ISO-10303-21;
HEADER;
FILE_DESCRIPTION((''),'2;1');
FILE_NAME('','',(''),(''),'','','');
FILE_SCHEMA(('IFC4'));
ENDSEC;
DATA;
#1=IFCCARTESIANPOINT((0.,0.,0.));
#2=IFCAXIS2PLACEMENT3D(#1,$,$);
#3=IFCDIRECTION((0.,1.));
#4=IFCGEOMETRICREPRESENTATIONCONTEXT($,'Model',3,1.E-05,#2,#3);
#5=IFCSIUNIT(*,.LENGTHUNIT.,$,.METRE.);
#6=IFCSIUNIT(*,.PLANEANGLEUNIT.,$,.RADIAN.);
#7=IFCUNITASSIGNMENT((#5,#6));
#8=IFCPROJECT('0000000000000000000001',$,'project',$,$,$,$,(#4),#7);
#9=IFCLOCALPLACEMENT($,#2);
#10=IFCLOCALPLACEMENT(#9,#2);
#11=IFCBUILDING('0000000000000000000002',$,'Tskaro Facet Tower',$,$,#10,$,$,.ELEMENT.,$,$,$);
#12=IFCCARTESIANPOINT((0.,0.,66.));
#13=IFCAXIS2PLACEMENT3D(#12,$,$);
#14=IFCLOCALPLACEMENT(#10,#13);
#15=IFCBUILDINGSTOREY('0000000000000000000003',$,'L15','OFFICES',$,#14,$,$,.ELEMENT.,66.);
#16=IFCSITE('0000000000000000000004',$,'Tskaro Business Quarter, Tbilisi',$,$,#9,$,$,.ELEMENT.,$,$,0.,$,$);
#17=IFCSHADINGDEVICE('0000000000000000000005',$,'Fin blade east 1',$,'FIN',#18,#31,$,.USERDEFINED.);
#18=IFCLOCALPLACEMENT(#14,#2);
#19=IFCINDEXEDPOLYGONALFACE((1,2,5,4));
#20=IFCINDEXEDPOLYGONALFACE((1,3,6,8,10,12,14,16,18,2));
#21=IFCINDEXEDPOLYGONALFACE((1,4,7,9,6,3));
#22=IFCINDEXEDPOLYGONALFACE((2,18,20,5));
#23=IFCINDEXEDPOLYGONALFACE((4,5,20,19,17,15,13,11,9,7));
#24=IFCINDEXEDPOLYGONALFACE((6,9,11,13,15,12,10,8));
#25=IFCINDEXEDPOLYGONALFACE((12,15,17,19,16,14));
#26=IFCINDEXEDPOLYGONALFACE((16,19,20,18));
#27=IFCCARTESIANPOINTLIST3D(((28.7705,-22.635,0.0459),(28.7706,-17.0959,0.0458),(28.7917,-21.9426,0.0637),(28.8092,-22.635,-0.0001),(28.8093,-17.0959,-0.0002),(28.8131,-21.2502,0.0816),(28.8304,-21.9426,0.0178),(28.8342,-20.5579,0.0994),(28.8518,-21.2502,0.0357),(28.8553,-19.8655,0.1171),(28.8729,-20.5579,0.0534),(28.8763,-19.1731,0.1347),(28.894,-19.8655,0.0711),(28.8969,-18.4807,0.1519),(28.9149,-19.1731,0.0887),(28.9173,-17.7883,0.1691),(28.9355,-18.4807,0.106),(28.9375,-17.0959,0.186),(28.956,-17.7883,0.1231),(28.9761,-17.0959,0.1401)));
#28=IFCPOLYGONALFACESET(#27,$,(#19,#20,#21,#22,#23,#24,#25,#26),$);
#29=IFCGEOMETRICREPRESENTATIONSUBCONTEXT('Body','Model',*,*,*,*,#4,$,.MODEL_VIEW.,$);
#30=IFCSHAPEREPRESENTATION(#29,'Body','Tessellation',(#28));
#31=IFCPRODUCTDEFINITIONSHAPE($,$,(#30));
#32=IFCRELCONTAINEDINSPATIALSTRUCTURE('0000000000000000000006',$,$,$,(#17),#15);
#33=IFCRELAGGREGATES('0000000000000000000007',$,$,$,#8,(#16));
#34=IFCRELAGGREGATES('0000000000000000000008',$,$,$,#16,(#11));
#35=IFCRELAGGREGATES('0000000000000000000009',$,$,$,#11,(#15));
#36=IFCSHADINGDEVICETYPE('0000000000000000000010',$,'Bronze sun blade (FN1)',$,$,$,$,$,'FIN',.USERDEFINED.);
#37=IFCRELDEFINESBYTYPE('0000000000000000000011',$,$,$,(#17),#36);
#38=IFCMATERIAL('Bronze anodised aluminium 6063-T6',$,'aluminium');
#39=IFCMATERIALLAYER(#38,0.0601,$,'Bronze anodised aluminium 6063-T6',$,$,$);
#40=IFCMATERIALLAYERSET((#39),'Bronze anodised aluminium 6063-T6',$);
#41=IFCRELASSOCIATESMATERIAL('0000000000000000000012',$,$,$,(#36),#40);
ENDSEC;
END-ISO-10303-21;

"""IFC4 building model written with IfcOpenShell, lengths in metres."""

from ifc_helpers import new_model, si_unit, direction, frame, origin, place, context, subcontext, project, spatial, polyline, outline, extrude, material, layer, layer_set, type_object, element, save


model = new_model("IFC4")

# Units and contexts
model_context = context("Model", 3, precision=1e-05, world=origin(), true_north=direction((0.0, 1.0)))
body_context = subcontext(model_context, "Body", "Model", "MODEL_VIEW")
ifc_project = project(units=[si_unit("LENGTHUNIT", "METRE"), si_unit("PLANEANGLEUNIT", "RADIAN")], contexts=[model_context])

# Site, building, storey
site_placement = place(None, origin())
site = spatial("IfcSite", under=ifc_project, at=site_placement, Name="Tskaro Business Quarter, Tbilisi", CompositionType="ELEMENT", RefElevation=0.0)
building_placement = place(site_placement, origin())
building = spatial("IfcBuilding", under=site, at=building_placement, Name="Tskaro Facet Tower", CompositionType="ELEMENT")
storey_placement = place(building_placement, frame((0.0, 0.0, 66.0)))
storey = spatial("IfcBuildingStorey", under=building, at=storey_placement, Name="L15", Description="OFFICES", CompositionType="ELEMENT", Elevation=66.0)

# Shared definitions
ifc_material_1 = material(Name="Bronze anodised aluminium 6063-T6", Category="aluminium")

# Shading device
ifc_layer_1 = layer(ifc_material_1, 0.0601, Name="Bronze anodised aluminium 6063-T6")
ifc_layer_set_1 = layer_set([ifc_layer_1], Name="Bronze anodised aluminium 6063-T6")
shading_device_type = type_object("IfcShadingDeviceType", Name="Bronze sun blade (FN1)", ElementType="FIN", PredefinedType="USERDEFINED", material=ifc_layer_set_1)
shading_device_1_placement = place(storey_placement, frame((28.7705, -22.635, 0.0459), z_axis=(-0.643504, 0.000035, 0.765443), x_axis=(0.000022, 1.0, -0.000027)))
element("IfcShadingDevice", 1, at=shading_device_1_placement, inside=storey, type_object=shading_device_type, Name="Fin blade east 1", ObjectType="FIN", PredefinedType="USERDEFINED", context=body_context, shape_type="SweptSolid", body=[
    extrude(outline(polyline([(0.0, 0.0), (5.5391, 0.0), (5.5391, -0.218), (4.8467, -0.1917), (4.1543, -0.165), (3.4619, -0.1381), (2.7695, -0.1107), (2.0771, -0.0832), (1.3848, -0.0556), (0.6924, -0.0277), (0.0, 0.0)])), origin(), (0.0, 0.0, -1.0), 0.0601),
])

save(model, "model.ifc")
